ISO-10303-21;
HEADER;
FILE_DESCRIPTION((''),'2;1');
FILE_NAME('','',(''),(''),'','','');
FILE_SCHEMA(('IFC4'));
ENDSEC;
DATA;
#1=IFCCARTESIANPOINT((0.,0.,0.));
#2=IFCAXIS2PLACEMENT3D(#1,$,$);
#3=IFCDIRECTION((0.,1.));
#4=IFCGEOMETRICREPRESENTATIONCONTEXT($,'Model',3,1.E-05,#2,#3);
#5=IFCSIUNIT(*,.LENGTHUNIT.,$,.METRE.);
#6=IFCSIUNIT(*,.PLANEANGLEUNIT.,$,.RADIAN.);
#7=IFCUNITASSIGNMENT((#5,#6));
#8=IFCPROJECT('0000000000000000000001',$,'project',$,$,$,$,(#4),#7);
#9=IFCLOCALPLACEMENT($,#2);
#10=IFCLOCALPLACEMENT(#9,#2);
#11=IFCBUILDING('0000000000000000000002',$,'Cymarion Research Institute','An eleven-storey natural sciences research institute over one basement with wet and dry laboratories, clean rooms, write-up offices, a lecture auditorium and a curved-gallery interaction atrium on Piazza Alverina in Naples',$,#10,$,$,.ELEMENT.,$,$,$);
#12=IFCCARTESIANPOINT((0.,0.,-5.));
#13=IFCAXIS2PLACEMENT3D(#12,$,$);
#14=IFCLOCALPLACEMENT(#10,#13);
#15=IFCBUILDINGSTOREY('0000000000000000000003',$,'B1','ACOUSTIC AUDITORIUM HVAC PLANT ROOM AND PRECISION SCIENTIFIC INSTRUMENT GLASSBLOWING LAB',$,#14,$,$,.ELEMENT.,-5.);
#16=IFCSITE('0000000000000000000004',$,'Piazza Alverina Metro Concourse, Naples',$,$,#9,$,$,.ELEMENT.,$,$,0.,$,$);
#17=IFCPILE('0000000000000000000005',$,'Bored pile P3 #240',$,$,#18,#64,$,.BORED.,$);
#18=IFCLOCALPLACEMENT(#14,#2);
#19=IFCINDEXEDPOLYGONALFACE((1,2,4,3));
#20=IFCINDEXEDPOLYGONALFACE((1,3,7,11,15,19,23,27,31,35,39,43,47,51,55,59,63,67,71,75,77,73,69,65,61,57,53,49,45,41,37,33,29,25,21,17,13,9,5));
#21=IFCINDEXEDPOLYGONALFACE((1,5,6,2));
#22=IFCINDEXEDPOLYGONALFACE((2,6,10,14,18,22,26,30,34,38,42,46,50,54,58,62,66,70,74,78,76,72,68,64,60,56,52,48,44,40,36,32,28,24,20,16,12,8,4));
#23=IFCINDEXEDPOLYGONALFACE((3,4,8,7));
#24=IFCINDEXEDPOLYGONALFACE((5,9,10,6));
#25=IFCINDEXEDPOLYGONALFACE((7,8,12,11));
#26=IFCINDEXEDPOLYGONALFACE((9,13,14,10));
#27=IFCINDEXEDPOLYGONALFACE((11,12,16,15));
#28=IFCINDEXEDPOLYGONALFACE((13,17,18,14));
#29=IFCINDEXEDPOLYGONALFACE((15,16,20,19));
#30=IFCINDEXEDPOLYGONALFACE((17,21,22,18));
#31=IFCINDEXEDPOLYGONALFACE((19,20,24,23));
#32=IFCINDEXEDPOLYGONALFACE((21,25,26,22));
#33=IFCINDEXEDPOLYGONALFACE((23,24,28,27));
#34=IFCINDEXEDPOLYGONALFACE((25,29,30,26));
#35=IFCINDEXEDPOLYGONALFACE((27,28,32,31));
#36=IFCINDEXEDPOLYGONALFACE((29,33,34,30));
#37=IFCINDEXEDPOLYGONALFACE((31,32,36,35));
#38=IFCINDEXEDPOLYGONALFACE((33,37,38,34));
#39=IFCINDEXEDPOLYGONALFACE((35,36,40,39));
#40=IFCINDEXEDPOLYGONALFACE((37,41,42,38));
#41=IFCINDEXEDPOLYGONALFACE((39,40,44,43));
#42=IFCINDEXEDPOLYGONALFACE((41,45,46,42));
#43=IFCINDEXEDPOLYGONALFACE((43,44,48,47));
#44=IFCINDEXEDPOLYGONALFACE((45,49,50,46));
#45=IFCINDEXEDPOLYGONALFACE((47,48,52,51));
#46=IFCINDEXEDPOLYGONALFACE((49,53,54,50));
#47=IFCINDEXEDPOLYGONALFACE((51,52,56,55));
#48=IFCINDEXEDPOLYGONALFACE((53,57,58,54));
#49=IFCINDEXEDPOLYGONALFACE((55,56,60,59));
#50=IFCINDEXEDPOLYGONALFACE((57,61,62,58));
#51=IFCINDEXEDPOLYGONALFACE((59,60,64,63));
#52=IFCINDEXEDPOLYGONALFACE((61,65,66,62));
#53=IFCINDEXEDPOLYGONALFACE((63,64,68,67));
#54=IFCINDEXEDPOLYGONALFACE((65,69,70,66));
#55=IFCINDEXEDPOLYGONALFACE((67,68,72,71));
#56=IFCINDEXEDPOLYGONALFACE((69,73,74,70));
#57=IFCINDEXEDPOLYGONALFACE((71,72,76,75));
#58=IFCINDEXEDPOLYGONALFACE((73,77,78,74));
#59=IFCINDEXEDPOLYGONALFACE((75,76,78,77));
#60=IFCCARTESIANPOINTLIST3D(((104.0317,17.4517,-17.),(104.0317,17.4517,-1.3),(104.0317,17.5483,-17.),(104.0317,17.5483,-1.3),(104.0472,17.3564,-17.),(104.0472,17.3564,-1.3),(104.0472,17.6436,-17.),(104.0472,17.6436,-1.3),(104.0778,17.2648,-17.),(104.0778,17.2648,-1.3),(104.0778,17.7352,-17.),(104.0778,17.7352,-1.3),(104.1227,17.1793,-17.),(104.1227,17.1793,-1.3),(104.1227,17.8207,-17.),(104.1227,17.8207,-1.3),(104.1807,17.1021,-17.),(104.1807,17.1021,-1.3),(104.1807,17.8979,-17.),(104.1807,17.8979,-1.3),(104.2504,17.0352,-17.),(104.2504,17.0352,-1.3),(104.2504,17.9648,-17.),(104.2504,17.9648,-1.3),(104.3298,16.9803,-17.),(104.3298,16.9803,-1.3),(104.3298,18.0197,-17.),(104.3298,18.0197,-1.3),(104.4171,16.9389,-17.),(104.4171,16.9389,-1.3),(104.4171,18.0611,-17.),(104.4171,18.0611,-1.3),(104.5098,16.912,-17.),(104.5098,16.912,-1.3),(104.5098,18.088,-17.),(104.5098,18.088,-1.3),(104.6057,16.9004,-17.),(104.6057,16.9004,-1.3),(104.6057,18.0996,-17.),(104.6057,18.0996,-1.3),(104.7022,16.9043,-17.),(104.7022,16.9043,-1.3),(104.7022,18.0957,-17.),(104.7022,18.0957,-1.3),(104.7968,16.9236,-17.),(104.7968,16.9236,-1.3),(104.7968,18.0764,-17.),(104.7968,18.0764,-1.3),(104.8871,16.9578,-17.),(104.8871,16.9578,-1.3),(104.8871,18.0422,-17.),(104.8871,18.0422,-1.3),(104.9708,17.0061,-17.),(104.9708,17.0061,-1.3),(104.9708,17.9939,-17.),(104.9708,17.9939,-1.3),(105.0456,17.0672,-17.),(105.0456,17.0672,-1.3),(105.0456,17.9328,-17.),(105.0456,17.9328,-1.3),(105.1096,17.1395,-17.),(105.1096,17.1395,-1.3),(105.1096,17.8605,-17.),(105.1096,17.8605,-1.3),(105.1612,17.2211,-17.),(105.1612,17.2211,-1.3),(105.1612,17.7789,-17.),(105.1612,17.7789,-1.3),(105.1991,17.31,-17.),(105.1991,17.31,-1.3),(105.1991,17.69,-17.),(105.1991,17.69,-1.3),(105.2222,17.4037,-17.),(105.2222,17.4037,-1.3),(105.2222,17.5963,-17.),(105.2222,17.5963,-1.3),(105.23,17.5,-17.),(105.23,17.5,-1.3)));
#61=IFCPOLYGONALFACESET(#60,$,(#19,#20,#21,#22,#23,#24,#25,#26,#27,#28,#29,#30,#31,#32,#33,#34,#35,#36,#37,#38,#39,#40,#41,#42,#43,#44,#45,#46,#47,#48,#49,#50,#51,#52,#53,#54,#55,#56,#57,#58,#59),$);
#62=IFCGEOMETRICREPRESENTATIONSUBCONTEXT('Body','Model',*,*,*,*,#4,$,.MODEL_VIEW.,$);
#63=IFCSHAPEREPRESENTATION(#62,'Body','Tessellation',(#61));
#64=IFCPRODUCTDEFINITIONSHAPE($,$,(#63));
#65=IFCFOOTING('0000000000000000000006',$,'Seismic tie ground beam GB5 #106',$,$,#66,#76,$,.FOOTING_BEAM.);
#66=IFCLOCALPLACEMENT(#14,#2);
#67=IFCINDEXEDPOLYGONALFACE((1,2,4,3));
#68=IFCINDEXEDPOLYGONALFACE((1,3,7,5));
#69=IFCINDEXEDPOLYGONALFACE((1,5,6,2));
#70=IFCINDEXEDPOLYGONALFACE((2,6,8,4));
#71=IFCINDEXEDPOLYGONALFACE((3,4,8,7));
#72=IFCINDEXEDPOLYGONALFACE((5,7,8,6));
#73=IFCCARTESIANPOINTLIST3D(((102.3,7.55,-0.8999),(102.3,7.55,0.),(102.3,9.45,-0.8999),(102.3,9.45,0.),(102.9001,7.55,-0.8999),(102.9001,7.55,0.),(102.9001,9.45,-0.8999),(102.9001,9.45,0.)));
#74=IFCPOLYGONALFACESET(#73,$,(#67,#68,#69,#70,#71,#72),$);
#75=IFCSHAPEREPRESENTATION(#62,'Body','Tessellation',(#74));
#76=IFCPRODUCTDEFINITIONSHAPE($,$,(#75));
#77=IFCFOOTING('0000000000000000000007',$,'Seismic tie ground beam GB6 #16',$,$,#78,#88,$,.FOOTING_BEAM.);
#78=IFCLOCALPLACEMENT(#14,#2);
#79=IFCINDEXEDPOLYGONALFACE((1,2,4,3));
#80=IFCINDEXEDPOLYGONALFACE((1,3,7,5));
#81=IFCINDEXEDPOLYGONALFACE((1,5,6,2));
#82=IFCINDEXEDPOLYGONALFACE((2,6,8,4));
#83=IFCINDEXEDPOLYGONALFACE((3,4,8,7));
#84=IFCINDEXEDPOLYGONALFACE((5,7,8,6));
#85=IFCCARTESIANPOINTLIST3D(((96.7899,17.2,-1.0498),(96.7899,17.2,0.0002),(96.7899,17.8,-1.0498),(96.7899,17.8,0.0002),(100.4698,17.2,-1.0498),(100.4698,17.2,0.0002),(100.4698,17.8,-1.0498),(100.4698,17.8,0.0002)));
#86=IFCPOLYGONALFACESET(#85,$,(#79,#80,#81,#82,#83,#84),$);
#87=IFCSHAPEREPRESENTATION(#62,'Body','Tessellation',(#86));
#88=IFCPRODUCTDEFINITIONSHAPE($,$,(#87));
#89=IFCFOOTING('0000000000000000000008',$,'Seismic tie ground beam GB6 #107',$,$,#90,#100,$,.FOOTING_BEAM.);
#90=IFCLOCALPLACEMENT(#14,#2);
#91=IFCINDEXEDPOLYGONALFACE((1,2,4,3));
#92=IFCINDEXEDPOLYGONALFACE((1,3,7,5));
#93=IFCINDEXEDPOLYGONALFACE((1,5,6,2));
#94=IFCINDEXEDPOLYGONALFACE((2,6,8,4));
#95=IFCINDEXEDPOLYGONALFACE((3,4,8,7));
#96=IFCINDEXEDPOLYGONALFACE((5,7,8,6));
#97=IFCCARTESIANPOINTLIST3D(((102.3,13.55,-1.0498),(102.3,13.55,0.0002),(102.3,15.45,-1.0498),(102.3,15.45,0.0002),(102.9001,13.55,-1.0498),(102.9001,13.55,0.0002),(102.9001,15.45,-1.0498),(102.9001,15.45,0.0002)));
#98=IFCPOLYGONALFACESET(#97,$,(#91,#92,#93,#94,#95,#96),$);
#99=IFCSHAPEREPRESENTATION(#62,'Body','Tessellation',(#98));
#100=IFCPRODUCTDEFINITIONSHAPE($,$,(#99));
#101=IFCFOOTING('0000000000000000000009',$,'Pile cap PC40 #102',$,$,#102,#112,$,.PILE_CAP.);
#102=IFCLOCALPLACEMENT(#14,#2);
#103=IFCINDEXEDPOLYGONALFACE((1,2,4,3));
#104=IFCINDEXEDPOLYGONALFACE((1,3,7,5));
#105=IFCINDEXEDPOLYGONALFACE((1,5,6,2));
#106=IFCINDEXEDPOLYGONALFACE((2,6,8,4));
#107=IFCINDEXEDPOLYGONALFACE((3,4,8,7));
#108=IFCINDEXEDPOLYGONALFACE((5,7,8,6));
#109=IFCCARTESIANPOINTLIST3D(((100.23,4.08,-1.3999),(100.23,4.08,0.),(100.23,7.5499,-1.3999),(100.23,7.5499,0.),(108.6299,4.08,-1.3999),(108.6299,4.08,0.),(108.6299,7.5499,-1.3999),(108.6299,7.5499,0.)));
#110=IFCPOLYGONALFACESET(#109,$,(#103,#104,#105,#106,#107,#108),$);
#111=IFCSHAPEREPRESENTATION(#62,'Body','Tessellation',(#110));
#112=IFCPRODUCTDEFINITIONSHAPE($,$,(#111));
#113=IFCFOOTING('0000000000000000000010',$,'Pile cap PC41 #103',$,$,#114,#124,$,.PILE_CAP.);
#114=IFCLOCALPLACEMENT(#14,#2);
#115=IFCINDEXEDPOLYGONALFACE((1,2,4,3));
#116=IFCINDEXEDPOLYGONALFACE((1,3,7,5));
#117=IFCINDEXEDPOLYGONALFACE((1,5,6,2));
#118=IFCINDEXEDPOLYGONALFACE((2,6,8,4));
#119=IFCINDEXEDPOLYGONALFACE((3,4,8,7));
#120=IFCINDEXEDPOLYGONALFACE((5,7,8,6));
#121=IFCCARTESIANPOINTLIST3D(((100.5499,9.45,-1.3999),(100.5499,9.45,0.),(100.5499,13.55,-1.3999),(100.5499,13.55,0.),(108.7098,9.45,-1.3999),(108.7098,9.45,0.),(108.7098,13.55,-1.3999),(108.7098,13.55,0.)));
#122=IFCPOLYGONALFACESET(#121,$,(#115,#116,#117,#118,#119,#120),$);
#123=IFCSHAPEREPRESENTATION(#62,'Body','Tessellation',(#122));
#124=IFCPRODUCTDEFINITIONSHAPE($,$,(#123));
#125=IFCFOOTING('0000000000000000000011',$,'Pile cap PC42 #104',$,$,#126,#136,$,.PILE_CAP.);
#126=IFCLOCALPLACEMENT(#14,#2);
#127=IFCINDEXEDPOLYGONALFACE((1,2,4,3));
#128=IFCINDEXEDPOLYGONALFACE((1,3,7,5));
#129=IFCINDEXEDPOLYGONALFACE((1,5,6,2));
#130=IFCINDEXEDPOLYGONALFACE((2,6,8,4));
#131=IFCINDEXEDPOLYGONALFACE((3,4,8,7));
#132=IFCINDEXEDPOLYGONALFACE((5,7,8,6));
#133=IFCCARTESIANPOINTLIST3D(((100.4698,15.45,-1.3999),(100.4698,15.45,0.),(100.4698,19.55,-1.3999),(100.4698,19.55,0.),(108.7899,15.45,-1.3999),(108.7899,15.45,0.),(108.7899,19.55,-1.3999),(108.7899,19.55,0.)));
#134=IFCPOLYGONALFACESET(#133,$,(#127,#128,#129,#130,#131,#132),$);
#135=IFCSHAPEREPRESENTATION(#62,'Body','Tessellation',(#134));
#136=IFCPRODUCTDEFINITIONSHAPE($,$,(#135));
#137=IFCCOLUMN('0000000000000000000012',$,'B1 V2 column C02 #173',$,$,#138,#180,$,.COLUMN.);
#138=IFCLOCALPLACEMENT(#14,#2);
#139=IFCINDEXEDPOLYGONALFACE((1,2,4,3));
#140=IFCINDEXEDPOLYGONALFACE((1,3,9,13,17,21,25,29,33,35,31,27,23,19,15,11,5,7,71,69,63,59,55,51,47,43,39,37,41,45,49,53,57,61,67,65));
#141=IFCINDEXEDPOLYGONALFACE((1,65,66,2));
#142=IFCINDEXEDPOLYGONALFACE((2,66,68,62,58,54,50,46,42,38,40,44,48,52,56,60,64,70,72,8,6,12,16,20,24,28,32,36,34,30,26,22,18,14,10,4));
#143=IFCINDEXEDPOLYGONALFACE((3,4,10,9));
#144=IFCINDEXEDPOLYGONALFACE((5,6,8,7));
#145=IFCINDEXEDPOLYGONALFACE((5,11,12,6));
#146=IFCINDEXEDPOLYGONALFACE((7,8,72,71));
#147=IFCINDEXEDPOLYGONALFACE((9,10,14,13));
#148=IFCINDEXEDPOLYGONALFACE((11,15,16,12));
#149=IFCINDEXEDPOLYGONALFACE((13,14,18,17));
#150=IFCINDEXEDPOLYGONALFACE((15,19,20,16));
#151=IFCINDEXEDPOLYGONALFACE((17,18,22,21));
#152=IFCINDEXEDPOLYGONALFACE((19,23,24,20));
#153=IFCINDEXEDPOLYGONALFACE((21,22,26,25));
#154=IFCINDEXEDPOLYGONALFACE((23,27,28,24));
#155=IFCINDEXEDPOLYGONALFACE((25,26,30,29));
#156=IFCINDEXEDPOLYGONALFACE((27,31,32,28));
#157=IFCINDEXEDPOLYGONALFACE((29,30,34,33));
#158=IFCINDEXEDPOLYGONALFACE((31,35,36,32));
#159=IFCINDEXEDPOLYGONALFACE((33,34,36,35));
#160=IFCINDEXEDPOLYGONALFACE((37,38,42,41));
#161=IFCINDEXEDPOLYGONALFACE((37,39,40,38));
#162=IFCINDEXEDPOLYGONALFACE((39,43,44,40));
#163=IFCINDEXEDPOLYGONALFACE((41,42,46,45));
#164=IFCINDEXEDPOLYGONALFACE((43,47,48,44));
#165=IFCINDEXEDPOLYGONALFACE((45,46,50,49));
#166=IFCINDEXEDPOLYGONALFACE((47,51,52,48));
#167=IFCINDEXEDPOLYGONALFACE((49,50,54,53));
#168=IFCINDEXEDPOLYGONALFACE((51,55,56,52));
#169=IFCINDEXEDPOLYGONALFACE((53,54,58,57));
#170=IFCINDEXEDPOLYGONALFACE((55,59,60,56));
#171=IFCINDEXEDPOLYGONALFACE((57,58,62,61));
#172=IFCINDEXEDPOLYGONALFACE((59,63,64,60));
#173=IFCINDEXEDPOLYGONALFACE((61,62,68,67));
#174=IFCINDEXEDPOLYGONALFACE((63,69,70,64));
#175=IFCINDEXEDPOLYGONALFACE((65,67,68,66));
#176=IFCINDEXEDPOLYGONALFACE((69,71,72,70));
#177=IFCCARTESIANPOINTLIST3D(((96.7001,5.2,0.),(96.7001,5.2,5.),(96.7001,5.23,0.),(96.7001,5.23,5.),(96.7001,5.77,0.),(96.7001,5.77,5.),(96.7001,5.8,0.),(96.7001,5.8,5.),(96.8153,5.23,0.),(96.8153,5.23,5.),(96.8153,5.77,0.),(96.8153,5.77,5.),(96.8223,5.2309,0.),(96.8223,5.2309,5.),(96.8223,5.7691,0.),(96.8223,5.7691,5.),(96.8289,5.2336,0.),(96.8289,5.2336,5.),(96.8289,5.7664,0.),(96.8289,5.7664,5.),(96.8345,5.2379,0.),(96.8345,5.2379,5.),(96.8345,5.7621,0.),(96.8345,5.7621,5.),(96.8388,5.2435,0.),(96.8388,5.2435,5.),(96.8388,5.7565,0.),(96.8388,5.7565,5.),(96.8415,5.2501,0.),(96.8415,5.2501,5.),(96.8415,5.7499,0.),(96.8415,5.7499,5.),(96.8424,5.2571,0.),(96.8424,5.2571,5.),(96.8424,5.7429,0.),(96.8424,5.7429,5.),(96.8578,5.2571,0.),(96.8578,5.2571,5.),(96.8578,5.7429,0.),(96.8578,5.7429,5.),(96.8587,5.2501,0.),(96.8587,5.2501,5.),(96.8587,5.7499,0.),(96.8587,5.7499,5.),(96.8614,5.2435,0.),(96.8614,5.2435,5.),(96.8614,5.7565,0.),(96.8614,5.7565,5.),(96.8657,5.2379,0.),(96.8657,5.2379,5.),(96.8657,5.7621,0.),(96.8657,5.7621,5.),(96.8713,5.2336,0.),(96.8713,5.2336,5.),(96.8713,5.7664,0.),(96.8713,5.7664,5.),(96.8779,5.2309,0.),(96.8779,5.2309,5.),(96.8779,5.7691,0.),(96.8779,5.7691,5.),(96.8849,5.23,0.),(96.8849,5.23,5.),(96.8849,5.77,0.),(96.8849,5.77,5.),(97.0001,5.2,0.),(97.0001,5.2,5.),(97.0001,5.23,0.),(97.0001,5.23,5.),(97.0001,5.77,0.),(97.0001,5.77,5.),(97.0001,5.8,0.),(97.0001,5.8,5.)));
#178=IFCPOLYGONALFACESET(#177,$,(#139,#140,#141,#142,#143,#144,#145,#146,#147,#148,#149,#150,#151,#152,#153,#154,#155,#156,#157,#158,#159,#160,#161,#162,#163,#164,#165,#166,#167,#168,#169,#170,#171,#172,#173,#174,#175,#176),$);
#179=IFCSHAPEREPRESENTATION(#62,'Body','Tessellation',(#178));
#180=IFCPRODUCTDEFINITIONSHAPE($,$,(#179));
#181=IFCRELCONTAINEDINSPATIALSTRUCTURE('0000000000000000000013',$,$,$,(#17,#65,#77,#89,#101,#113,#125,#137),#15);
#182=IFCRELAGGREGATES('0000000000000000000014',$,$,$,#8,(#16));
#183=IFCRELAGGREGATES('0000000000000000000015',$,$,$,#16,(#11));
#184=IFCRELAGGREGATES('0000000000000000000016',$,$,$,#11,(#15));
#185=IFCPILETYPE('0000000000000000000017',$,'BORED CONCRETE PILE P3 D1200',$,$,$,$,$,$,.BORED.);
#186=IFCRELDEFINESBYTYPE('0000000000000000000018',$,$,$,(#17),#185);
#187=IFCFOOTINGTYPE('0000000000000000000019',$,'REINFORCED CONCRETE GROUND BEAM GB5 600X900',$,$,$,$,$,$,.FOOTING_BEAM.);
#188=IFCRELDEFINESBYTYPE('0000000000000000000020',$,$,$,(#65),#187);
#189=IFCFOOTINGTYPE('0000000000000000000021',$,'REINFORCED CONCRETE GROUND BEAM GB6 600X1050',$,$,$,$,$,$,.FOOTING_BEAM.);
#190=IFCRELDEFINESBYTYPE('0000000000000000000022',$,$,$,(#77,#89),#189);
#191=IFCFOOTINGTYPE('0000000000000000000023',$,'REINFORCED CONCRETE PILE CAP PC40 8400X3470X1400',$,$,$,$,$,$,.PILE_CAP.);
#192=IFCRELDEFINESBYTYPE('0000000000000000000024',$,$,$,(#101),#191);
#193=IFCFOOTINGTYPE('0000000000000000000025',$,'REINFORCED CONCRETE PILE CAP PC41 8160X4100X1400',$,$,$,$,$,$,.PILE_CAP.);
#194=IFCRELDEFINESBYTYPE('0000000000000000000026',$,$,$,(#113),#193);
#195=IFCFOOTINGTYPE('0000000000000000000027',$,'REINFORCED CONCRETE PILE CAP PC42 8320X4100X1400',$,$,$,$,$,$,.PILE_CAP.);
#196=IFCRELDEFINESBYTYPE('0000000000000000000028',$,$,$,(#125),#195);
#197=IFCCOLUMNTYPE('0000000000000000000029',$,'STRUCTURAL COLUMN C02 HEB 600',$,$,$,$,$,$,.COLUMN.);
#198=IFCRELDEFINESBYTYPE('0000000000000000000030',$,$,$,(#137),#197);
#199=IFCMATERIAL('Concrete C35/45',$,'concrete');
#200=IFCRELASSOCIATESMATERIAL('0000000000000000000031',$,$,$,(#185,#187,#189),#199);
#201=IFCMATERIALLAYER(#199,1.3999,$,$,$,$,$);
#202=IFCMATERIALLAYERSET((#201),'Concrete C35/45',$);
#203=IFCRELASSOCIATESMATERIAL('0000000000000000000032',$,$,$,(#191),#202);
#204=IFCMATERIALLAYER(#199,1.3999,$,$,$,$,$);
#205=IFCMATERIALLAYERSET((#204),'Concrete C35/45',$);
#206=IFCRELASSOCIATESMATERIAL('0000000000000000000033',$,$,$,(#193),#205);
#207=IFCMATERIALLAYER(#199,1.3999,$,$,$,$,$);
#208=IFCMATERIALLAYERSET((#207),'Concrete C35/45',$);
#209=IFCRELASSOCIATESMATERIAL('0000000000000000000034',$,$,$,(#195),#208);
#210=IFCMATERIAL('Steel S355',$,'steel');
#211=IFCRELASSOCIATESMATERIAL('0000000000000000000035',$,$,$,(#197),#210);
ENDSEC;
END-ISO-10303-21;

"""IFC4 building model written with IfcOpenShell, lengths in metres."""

from ifc_helpers import new_model, si_unit, direction, frame, origin, origin_2d, place, context, subcontext, project, spatial, rectangle, circle, i_section, extrude, material, layer, layer_set, material_profile, profile_set, type_object, element, save


model = new_model("IFC4")

# Units and contexts
model_context = context("Model", 3, precision=1e-05, world=origin(), true_north=direction((0.0, 1.0)))
body_context = subcontext(model_context, "Body", "Model", "MODEL_VIEW")
ifc_project = project(units=[si_unit("LENGTHUNIT", "METRE"), si_unit("PLANEANGLEUNIT", "RADIAN")], contexts=[model_context])

# Site, building, storey
site_placement = place(None, origin())
site = spatial("IfcSite", under=ifc_project, at=site_placement, Name="Piazza Alverina Metro Concourse, Naples", CompositionType="ELEMENT", RefElevation=0.0)
building_placement = place(site_placement, origin())
building = spatial("IfcBuilding", under=site, at=building_placement, Name="Cymarion Research Institute", Description="An eleven-storey natural sciences research institute over one basement with wet and dry laboratories, clean rooms, write-up offices, a lecture auditorium and a curved-gallery interaction atrium on Piazza Alverina in Naples", CompositionType="ELEMENT")
storey_placement = place(building_placement, frame((0.0, 0.0, -5.0)))
storey = spatial("IfcBuildingStorey", under=building, at=storey_placement, Name="B1", Description="ACOUSTIC AUDITORIUM HVAC PLANT ROOM AND PRECISION SCIENTIFIC INSTRUMENT GLASSBLOWING LAB", CompositionType="ELEMENT", Elevation=-5.0)

# Pile
ifc_material_1 = material(Name="Concrete C35/45", Category="concrete")
ifc_material_profile_1 = material_profile(ifc_material_1, circle(Radius=0.6001, at=origin_2d()), Name="BORED PILE D1200")
ifc_profile_set_1 = profile_set([ifc_material_profile_1], Name="Concrete C35/45")
pile_type = type_object("IfcPileType", Name="BORED CONCRETE PILE P3 D1200", PredefinedType="BORED", material=ifc_profile_set_1)
for number, where, z_axis, x_axis, name in (
    (1, (104.6299, 17.5, -1.3), (0.0, 0.0, -1.0), (1.0, 0.0, 0.0), "Bored pile P3 #240"),
):
    element("IfcPile", number, at=place(storey_placement, frame(where, z_axis=z_axis, x_axis=x_axis)), inside=storey, type_object=pile_type, Name=name, PredefinedType="BORED", context=body_context, shape_type="SweptSolid", body=[
        extrude(circle(Radius=0.6001, at=origin_2d()), origin(), (0.0, 0.0, 1.0), 15.7),
    ])

# Footings
footing_type_1 = type_object("IfcFootingType", Name="REINFORCED CONCRETE GROUND BEAM GB5 600X900", PredefinedType="FOOTING_BEAM", material=ifc_material_1)
footing_1_placement = place(storey_placement, frame((102.6001, 8.5, -0.8999), z_axis=(0.0, 0.0, 1.0), x_axis=(0.0, 1.0, 0.0)))
element("IfcFooting", 2, at=footing_1_placement, inside=storey, type_object=footing_type_1, Name="Seismic tie ground beam GB5 #106", PredefinedType="FOOTING_BEAM", context=body_context, shape_type="SweptSolid", body=[
    extrude(rectangle(XDim=1.8999, YDim=0.6001, at=origin_2d()), origin(), (0.0, 0.0, 1.0), 0.8999),
])
footing_type_2 = type_object("IfcFootingType", Name="REINFORCED CONCRETE GROUND BEAM GB6 600X1050", PredefinedType="FOOTING_BEAM", material=ifc_material_1)
footing_2_placement = place(storey_placement, frame((98.6299, 17.5, -1.0498), z_axis=(0.0, 0.0, 1.0), x_axis=(1.0, 0.0, 0.0)))
element("IfcFooting", 3, at=footing_2_placement, inside=storey, type_object=footing_type_2, Name="Seismic tie ground beam GB6 #16", PredefinedType="FOOTING_BEAM", context=body_context, shape_type="SweptSolid", body=[
    extrude(rectangle(XDim=3.6799, YDim=0.6001, at=origin_2d()), origin(), (0.0, 0.0, 1.0), 1.05),
])
footing_3_placement = place(storey_placement, frame((102.6001, 14.5, -1.0498), z_axis=(0.0, 0.0, 1.0), x_axis=(0.0, 1.0, 0.0)))
element("IfcFooting", 4, at=footing_3_placement, inside=storey, type_object=footing_type_2, Name="Seismic tie ground beam GB6 #107", PredefinedType="FOOTING_BEAM", context=body_context, shape_type="SweptSolid", body=[
    extrude(rectangle(XDim=1.8999, YDim=0.6001, at=origin_2d()), origin(), (0.0, 0.0, 1.0), 1.05),
])
ifc_layer_1 = layer(ifc_material_1, 1.3999)
ifc_layer_set_1 = layer_set([ifc_layer_1], Name="Concrete C35/45")
footing_type_3 = type_object("IfcFootingType", Name="REINFORCED CONCRETE PILE CAP PC40 8400X3470X1400", PredefinedType="PILE_CAP", material=ifc_layer_set_1)
footing_4_placement = place(storey_placement, frame((104.4299, 5.8149, -1.3999), z_axis=(0.0, 0.0, 1.0), x_axis=(1.0, 0.0, 0.0)))
element("IfcFooting", 5, at=footing_4_placement, inside=storey, type_object=footing_type_3, Name="Pile cap PC40 #102", PredefinedType="PILE_CAP", context=body_context, shape_type="SweptSolid", body=[
    extrude(rectangle(XDim=8.3999, YDim=3.47, at=origin_2d()), origin(), (0.0, 0.0, 1.0), 1.3999),
])
ifc_layer_2 = layer(ifc_material_1, 1.3999)
ifc_layer_set_2 = layer_set([ifc_layer_2], Name="Concrete C35/45")
footing_type_4 = type_object("IfcFootingType", Name="REINFORCED CONCRETE PILE CAP PC41 8160X4100X1400", PredefinedType="PILE_CAP", material=ifc_layer_set_2)
footing_5_placement = place(storey_placement, frame((104.6299, 11.5, -1.3999), z_axis=(0.0, 0.0, 1.0), x_axis=(1.0, 0.0, 0.0)))
element("IfcFooting", 6, at=footing_5_placement, inside=storey, type_object=footing_type_4, Name="Pile cap PC41 #103", PredefinedType="PILE_CAP", context=body_context, shape_type="SweptSolid", body=[
    extrude(rectangle(XDim=8.1599, YDim=4.1001, at=origin_2d()), origin(), (0.0, 0.0, 1.0), 1.3999),
])
ifc_layer_3 = layer(ifc_material_1, 1.3999)
ifc_layer_set_3 = layer_set([ifc_layer_3], Name="Concrete C35/45")
footing_type_5 = type_object("IfcFootingType", Name="REINFORCED CONCRETE PILE CAP PC42 8320X4100X1400", PredefinedType="PILE_CAP", material=ifc_layer_set_3)
footing_6_placement = place(storey_placement, frame((104.6299, 17.5, -1.3999), z_axis=(0.0, 0.0, 1.0), x_axis=(1.0, 0.0, 0.0)))
element("IfcFooting", 7, at=footing_6_placement, inside=storey, type_object=footing_type_5, Name="Pile cap PC42 #104", PredefinedType="PILE_CAP", context=body_context, shape_type="SweptSolid", body=[
    extrude(rectangle(XDim=8.3201, YDim=4.1001, at=origin_2d()), origin(), (0.0, 0.0, 1.0), 1.3999),
])

# Column
ifc_material_2 = material(Name="Steel S355", Category="steel")
ifc_material_profile_2 = material_profile(ifc_material_2, i_section(OverallWidth=0.3, OverallDepth=0.6001, WebThickness=0.0154, FlangeThickness=0.03, FilletRadius=0.0271, at=origin_2d()), Name="HEB 600")
ifc_profile_set_2 = profile_set([ifc_material_profile_2], Name="Steel S355")
column_type = type_object("IfcColumnType", Name="STRUCTURAL COLUMN C02 HEB 600", PredefinedType="COLUMN", material=ifc_profile_set_2)
for number, where, z_axis, x_axis, name in (
    (8, (96.8501, 5.5, 0.0), (0.0, 0.0, 1.0), (1.0, 0.0, 0.0), "B1 V2 column C02 #173"),
):
    element("IfcColumn", number, at=place(storey_placement, frame(where, z_axis=z_axis, x_axis=x_axis)), inside=storey, type_object=column_type, Name=name, PredefinedType="COLUMN", context=body_context, shape_type="SweptSolid", body=[
        extrude(i_section(OverallWidth=0.3, OverallDepth=0.6001, WebThickness=0.0154, FlangeThickness=0.03, FilletRadius=0.0271, at=origin_2d()), origin(), (0.0, 0.0, 1.0), 5.0),
    ])

save(model, "model.ifc")
